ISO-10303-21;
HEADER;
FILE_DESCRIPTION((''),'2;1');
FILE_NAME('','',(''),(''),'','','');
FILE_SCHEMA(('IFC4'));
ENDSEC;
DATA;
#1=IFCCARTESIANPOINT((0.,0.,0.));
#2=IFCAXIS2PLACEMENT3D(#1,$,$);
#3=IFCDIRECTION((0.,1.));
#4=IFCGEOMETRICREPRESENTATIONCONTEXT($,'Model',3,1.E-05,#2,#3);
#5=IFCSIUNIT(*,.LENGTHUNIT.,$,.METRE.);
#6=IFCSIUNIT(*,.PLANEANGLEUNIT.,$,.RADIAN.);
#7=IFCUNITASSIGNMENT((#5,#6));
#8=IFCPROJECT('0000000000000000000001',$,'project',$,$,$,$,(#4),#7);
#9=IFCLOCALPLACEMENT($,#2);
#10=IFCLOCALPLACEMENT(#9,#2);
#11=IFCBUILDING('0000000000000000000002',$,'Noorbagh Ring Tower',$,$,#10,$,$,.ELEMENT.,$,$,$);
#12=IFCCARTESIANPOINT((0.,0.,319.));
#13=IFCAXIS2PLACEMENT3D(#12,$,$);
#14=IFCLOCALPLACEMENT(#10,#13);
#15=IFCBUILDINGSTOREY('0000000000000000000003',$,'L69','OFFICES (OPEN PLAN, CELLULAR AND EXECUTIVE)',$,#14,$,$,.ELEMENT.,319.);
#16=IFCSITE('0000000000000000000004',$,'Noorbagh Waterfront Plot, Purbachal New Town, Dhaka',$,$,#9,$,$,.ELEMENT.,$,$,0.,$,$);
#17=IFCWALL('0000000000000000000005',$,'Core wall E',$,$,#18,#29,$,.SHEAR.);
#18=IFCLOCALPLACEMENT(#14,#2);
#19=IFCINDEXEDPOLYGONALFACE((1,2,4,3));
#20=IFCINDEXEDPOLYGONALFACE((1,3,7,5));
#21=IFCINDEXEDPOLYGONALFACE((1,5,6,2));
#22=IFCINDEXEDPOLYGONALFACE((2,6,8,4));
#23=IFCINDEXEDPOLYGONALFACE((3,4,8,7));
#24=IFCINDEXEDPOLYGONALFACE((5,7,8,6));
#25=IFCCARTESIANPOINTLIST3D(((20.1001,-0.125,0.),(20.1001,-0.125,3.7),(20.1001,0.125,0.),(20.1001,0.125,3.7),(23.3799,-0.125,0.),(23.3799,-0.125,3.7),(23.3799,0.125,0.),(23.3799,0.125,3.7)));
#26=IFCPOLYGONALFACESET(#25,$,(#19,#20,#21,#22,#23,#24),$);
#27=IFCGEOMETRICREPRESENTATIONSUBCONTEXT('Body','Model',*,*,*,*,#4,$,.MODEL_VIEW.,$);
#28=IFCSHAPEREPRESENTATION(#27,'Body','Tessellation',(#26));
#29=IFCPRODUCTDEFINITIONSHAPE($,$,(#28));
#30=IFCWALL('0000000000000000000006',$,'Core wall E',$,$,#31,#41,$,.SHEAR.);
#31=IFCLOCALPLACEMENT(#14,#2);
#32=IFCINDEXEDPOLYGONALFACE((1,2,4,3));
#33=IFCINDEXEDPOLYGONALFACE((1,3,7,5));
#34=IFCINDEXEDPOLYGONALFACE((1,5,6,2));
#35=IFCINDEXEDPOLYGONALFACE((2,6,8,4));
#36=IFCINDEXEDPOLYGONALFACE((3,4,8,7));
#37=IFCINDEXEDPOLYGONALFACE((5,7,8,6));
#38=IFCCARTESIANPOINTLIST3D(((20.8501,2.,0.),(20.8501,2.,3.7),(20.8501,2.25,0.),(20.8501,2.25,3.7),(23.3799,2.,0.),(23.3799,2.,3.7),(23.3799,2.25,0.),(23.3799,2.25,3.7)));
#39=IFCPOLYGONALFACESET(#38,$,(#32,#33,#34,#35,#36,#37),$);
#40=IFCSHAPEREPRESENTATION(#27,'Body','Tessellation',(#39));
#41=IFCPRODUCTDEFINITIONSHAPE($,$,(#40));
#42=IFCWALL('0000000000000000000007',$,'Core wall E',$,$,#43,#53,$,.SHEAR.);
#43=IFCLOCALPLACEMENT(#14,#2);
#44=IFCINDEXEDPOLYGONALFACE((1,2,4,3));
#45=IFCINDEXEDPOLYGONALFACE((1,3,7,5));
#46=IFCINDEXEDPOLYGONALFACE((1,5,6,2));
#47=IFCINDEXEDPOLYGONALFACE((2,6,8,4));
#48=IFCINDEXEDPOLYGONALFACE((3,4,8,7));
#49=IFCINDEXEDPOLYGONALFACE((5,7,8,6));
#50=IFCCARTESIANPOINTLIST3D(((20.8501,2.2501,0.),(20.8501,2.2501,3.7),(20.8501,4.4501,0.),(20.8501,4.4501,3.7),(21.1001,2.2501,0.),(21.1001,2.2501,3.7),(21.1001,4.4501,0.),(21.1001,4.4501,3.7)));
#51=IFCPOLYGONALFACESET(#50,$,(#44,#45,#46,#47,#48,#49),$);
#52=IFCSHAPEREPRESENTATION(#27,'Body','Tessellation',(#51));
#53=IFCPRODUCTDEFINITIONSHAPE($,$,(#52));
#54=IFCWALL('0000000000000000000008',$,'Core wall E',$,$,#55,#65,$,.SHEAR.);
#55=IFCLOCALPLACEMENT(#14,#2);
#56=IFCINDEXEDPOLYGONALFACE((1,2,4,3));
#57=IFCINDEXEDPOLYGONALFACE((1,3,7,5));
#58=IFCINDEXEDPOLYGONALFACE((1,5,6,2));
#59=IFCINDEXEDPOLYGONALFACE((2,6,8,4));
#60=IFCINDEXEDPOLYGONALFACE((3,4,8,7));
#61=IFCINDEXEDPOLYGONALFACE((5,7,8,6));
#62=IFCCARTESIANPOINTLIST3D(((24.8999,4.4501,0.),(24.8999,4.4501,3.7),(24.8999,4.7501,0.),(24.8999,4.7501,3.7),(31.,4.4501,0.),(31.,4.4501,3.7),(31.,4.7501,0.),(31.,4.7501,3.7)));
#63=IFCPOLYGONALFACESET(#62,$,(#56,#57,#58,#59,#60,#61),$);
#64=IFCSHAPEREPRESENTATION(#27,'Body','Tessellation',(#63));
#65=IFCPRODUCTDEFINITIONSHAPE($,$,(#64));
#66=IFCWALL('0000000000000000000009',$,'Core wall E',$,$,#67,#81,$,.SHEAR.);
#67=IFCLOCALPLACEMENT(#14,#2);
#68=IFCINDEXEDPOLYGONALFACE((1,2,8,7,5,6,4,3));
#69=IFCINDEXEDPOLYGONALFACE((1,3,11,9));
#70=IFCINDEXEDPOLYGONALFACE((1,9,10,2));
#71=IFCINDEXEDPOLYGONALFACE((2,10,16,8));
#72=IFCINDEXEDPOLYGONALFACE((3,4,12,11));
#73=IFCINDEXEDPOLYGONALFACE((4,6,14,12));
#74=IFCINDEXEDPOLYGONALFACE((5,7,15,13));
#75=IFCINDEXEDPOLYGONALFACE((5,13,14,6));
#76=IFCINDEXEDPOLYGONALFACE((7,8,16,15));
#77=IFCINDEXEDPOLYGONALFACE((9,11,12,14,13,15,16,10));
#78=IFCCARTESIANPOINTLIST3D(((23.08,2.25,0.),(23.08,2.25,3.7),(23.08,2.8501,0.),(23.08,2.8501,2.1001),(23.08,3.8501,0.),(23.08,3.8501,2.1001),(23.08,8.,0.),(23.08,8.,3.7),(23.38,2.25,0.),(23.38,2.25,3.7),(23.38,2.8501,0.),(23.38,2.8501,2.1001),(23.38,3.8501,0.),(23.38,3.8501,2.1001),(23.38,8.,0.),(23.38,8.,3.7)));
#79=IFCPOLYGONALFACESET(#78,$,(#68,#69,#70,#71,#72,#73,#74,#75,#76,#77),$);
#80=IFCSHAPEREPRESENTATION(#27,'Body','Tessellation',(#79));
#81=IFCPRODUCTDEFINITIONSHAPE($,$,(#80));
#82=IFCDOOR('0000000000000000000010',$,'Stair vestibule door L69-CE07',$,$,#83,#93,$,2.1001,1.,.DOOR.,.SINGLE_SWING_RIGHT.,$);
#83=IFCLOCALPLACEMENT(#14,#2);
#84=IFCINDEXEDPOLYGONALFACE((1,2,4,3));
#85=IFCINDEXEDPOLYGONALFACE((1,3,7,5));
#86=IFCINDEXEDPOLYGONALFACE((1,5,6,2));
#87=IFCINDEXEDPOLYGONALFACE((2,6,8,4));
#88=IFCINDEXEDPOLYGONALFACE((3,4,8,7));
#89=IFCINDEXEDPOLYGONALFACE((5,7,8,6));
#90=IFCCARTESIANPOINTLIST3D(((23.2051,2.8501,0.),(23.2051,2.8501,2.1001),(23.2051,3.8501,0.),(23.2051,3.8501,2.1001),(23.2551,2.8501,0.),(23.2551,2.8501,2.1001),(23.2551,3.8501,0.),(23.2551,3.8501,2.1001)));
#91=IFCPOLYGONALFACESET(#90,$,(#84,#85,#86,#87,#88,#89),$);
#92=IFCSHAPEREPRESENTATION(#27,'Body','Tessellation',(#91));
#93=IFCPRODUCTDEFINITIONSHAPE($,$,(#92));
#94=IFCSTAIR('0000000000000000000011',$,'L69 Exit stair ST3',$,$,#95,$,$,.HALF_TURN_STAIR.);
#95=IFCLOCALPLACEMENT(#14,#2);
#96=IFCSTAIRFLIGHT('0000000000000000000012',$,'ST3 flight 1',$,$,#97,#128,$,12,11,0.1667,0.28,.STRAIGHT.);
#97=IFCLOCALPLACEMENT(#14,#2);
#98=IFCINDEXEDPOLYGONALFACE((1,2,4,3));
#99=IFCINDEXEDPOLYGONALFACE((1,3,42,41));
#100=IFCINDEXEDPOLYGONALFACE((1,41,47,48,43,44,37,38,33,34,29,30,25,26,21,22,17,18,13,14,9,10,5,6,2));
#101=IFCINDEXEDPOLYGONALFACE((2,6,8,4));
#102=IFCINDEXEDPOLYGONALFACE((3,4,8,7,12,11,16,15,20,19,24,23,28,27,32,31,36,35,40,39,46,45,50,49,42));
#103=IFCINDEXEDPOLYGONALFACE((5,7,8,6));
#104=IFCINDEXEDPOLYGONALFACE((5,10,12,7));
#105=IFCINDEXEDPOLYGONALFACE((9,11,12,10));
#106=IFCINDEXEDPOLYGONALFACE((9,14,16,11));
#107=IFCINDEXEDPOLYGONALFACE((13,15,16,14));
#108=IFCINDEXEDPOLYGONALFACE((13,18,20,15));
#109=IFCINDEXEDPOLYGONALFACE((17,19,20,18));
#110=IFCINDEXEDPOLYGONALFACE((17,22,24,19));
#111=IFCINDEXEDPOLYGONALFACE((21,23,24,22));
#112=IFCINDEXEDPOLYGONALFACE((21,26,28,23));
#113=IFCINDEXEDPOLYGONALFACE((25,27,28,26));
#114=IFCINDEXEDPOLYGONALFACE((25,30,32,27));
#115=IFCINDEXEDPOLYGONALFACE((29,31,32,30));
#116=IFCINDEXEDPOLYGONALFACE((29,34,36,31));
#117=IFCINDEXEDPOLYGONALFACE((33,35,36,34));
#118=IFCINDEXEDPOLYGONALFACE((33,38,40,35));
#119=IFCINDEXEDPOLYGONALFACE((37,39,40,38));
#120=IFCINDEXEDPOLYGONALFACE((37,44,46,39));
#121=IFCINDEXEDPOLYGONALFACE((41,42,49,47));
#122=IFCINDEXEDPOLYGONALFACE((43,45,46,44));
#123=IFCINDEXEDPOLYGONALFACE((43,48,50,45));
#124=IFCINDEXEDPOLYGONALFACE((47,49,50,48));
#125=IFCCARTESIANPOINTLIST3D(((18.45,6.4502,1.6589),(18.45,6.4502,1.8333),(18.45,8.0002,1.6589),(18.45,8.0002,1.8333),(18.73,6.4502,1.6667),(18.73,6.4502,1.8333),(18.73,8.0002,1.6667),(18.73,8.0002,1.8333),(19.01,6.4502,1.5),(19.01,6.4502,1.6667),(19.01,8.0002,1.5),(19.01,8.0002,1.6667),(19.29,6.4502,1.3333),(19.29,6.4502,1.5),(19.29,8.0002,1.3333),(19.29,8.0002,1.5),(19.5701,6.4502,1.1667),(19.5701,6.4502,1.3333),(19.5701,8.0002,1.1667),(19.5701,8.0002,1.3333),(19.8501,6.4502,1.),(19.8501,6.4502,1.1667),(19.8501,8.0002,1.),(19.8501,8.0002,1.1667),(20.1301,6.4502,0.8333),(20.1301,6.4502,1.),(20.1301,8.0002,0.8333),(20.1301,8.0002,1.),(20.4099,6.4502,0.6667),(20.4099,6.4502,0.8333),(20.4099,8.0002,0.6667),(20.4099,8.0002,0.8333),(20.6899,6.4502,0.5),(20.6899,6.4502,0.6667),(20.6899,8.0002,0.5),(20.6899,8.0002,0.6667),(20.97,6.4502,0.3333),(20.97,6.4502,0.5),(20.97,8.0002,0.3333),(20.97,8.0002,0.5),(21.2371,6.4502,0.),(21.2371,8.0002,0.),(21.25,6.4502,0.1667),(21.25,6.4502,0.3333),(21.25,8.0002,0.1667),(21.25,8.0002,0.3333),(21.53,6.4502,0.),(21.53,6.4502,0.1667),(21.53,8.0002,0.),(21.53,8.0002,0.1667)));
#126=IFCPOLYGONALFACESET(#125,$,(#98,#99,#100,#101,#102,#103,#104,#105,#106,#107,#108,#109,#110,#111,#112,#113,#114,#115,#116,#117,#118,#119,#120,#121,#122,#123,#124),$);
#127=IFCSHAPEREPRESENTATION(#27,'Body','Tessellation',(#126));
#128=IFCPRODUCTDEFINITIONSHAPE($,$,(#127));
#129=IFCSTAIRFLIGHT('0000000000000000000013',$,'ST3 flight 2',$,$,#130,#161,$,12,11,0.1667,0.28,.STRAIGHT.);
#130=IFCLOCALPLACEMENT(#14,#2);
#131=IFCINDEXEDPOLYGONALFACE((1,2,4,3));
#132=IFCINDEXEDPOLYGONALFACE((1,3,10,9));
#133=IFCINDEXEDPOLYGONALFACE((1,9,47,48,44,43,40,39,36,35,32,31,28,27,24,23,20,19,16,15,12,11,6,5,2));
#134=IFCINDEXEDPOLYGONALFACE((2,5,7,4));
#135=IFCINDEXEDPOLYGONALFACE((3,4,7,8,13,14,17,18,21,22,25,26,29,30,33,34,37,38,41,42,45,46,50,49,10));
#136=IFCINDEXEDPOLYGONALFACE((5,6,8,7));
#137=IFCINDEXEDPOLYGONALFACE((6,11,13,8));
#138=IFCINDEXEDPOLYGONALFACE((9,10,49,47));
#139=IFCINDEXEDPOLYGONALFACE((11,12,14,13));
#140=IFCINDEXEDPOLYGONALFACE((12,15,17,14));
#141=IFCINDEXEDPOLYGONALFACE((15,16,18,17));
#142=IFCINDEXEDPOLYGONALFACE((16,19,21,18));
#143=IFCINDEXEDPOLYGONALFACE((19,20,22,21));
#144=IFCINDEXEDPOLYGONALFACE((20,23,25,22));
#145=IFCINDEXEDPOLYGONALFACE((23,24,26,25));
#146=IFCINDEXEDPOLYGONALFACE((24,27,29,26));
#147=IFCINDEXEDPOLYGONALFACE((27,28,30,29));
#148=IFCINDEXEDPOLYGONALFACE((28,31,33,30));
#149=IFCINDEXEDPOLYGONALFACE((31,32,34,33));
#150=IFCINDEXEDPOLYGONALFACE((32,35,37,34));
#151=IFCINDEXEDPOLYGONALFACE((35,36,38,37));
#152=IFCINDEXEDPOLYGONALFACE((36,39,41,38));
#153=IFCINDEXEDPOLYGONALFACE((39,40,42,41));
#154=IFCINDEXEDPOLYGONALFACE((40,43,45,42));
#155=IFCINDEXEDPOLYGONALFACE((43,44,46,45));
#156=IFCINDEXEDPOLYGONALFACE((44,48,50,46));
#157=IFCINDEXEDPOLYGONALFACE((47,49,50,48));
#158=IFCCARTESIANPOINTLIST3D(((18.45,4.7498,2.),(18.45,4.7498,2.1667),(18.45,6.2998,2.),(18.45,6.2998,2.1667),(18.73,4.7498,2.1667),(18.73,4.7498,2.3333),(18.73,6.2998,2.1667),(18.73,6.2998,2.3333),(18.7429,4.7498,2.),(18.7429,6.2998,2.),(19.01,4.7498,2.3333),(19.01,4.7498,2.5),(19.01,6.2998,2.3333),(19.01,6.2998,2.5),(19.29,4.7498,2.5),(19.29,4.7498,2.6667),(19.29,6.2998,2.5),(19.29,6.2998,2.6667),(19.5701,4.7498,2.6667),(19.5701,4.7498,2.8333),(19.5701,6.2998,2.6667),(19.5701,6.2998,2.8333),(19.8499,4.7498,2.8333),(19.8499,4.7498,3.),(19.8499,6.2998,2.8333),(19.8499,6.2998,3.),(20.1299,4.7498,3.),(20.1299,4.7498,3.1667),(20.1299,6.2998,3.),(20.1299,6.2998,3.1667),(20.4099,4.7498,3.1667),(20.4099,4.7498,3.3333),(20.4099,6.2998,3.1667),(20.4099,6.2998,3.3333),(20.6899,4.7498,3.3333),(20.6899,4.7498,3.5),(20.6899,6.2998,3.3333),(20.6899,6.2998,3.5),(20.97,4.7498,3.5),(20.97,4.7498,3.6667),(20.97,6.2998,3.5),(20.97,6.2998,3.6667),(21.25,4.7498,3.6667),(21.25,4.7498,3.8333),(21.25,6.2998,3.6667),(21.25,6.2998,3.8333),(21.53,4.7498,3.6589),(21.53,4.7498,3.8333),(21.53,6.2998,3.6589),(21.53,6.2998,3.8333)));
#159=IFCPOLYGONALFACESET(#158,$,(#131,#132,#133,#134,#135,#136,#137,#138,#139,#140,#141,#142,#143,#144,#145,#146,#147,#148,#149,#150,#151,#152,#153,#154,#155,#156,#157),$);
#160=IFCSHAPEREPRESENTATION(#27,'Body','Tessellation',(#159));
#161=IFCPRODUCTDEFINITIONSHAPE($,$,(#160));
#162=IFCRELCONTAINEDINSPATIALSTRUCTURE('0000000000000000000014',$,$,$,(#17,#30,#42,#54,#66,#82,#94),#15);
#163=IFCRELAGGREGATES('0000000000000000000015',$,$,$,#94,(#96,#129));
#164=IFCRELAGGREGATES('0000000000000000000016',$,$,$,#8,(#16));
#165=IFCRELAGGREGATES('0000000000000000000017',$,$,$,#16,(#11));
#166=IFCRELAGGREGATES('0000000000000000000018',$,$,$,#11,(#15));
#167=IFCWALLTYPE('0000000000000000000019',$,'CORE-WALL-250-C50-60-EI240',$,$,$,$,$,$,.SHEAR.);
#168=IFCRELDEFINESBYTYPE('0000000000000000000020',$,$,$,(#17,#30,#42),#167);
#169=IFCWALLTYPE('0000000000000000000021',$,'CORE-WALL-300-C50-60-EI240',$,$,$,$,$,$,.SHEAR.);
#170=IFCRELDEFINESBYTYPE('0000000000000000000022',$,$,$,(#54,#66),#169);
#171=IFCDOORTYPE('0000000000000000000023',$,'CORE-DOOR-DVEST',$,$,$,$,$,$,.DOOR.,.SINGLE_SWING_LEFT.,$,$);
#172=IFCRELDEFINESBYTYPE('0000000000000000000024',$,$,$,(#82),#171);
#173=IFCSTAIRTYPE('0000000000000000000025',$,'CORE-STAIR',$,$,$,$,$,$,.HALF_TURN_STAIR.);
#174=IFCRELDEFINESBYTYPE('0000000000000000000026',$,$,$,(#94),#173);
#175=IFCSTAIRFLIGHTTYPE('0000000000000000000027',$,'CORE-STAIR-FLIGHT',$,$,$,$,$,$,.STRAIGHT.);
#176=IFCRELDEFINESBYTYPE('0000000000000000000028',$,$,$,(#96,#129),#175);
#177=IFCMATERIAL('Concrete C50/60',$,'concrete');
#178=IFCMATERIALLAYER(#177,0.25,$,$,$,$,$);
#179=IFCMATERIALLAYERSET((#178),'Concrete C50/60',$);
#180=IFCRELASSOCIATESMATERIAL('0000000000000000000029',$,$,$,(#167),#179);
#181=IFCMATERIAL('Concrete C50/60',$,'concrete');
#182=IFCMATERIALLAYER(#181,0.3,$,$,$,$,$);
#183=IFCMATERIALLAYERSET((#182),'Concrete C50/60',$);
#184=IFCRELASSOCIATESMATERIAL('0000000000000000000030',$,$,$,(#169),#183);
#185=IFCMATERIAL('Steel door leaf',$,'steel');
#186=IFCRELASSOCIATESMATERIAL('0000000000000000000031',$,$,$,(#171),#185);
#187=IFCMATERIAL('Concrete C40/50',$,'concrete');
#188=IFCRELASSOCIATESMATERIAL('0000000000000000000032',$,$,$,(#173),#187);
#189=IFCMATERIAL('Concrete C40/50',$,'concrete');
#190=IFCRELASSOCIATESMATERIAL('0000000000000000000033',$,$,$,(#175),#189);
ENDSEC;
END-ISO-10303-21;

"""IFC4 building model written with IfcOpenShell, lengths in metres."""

from ifc_helpers import new_model, si_unit, direction, frame, frame_2d, origin, place, context, subcontext, project, spatial, polyline, rectangle, outline, extrude, material, layer, layer_set, type_object, element, fill, aggregate, save


model = new_model("IFC4")

# Units and contexts
model_context = context("Model", 3, precision=1e-05, world=origin(), true_north=direction((0.0, 1.0)))
body_context = subcontext(model_context, "Body", "Model", "MODEL_VIEW")
ifc_project = project(units=[si_unit("LENGTHUNIT", "METRE"), si_unit("PLANEANGLEUNIT", "RADIAN")], contexts=[model_context])

# Site, building, storey
site_placement = place(None, origin())
site = spatial("IfcSite", under=ifc_project, at=site_placement, Name="Noorbagh Waterfront Plot, Purbachal New Town, Dhaka", CompositionType="ELEMENT", RefElevation=0.0)
building_placement = place(site_placement, origin())
building = spatial("IfcBuilding", under=site, at=building_placement, Name="Noorbagh Ring Tower", CompositionType="ELEMENT")
storey_placement = place(building_placement, frame((0.0, 0.0, 319.0)))
storey = spatial("IfcBuildingStorey", under=building, at=storey_placement, Name="L69", Description="OFFICES (OPEN PLAN, CELLULAR AND EXECUTIVE)", CompositionType="ELEMENT", Elevation=319.0)

# Walls
ifc_material_1 = material(Name="Concrete C50/60", Category="concrete")
ifc_layer_1 = layer(ifc_material_1, 0.25)
ifc_layer_set_1 = layer_set([ifc_layer_1], Name="Concrete C50/60")
wall_type_1 = type_object("IfcWallType", Name="CORE-WALL-250-C50-60-EI240", PredefinedType="SHEAR", material=ifc_layer_set_1)
wall_1_placement = place(storey_placement, frame((20.1001, 0.0, 0.0), z_axis=(0.0, 0.0, 1.0), x_axis=(1.0, 0.0, 0.0)))
element("IfcWall", 1, at=wall_1_placement, inside=storey, type_object=wall_type_1, Name="Core wall E", PredefinedType="SHEAR", context=body_context, shape_type="SweptSolid", body=[
    extrude(rectangle(XDim=3.2798, YDim=0.25, at=frame_2d((1.6399, 0.0))), origin(), (0.0, 0.0, 1.0), 3.7),
])
wall_2_placement = place(storey_placement, frame((20.8501, 2.125, 0.0), z_axis=(0.0, 0.0, 1.0), x_axis=(1.0, 0.0, 0.0)))
element("IfcWall", 2, at=wall_2_placement, inside=storey, type_object=wall_type_1, Name="Core wall E", PredefinedType="SHEAR", context=body_context, shape_type="SweptSolid", body=[
    extrude(rectangle(XDim=2.5298, YDim=0.25, at=frame_2d((1.2649, 0.0))), origin(), (0.0, 0.0, 1.0), 3.7),
])
wall_3_placement = place(storey_placement, frame((20.9751, 2.25, 0.0), z_axis=(0.0, 0.0, 1.0), x_axis=(0.0, 1.0, 0.0)))
element("IfcWall", 3, at=wall_3_placement, inside=storey, type_object=wall_type_1, Name="Core wall E", PredefinedType="SHEAR", context=body_context, shape_type="SweptSolid", body=[
    extrude(rectangle(XDim=2.2, YDim=0.25, at=frame_2d((1.1001, 0.0))), origin(), (0.0, 0.0, 1.0), 3.7),
])
ifc_material_2 = material(Name="Concrete C50/60", Category="concrete")
ifc_layer_2 = layer(ifc_material_2, 0.3)
ifc_layer_set_2 = layer_set([ifc_layer_2], Name="Concrete C50/60")
wall_type_2 = type_object("IfcWallType", Name="CORE-WALL-300-C50-60-EI240", PredefinedType="SHEAR", material=ifc_layer_set_2)
wall_4_placement = place(storey_placement, frame((24.8999, 4.6001, 0.0), z_axis=(0.0, 0.0, 1.0), x_axis=(1.0, 0.0, 0.0)))
element("IfcWall", 4, at=wall_4_placement, inside=storey, type_object=wall_type_2, Name="Core wall E", PredefinedType="SHEAR", context=body_context, shape_type="SweptSolid", body=[
    extrude(rectangle(XDim=6.1001, YDim=0.3, at=frame_2d((3.05, 0.0))), origin(), (0.0, 0.0, 1.0), 3.7),
])

# Wall, opening, door
wall_5_placement = place(storey_placement, frame((23.23, 2.25, 0.0), z_axis=(0.0, 0.0, 1.0), x_axis=(0.0, 1.0, 0.0)))
wall_5 = element("IfcWall", 5, at=wall_5_placement, inside=storey, type_object=wall_type_2, Name="Core wall E", PredefinedType="SHEAR", context=body_context, shape_type="SweptSolid", body=[
    extrude(rectangle(XDim=5.75, YDim=0.3, at=frame_2d((2.875, 0.0))), origin(), (0.0, 0.0, 1.0), 3.7),
])
opening_1_placement = place(wall_5_placement, frame((0.6001, 0.0, 0.0)))
opening_1 = element("IfcOpeningElement", 6, at=opening_1_placement, cuts=wall_5, PredefinedType="OPENING", context=body_context, shape_type="SweptSolid", body=[
    extrude(rectangle(XDim=1.0, YDim=2.1001, at=frame_2d((0.5, 1.05))), frame((0.0, 0.1602, 0.0), z_axis=(0.0, -1.0, 0.0), x_axis=(1.0, 0.0, 0.0)), (0.0, 0.0, 1.0), 0.3201),
])
ifc_material_3 = material(Name="Steel door leaf", Category="steel")
door_type_1 = type_object("IfcDoorType", Name="CORE-DOOR-DVEST", OperationType="SINGLE_SWING_LEFT", PredefinedType="DOOR", material=ifc_material_3)
door_1_placement = place(opening_1_placement, origin())
door_1 = element("IfcDoor", 7, at=door_1_placement, inside=storey, type_object=door_type_1, Name="Stair vestibule door L69-CE07", OperationType="SINGLE_SWING_RIGHT", OverallHeight=2.1001, OverallWidth=1.0, PredefinedType="DOOR", context=body_context, shape_type="SweptSolid", body=[
    extrude(rectangle(XDim=1.0, YDim=2.1001, at=frame_2d((0.5, 1.05))), frame((0.0, 0.0249, 0.0), z_axis=(0.0, -1.0, 0.0), x_axis=(1.0, 0.0, 0.0)), (0.0, 0.0, 1.0), 0.05),
])
fill(opening_1, door_1)

# Stair, stair flights
ifc_material_4 = material(Name="Concrete C40/50", Category="concrete")
stair_type = type_object("IfcStairType", Name="CORE-STAIR", PredefinedType="HALF_TURN_STAIR", material=ifc_material_4)
stair_placement = place(storey_placement, origin())
stair = element("IfcStair", 8, at=stair_placement, inside=storey, type_object=stair_type, Name="L69 Exit stair ST3", PredefinedType="HALF_TURN_STAIR")
ifc_material_5 = material(Name="Concrete C40/50", Category="concrete")
stair_flight_type = type_object("IfcStairFlightType", Name="CORE-STAIR-FLIGHT", PredefinedType="STRAIGHT", material=ifc_material_5)
stair_flight_1_placement = place(storey_placement, frame((21.53, 7.2251, 0.0), z_axis=(0.0, 0.0, 1.0), x_axis=(-1.0, 0.0, 0.0)))
stair_flight_1 = element("IfcStairFlight", 9, at=stair_flight_1_placement, type_object=stair_flight_type, Name="ST3 flight 1", NumberOfRisers=12, NumberOfTreads=11, PredefinedType="STRAIGHT", RiserHeight=0.1667, TreadLength=0.28, context=body_context, shape_type="SweptSolid", body=[
    extrude(outline(polyline([(0.0, 0.0), (0.0, 0.1667), (0.28, 0.1667), (0.28, 0.3333), (0.5601, 0.3333), (0.5601, 0.5), (0.8401, 0.5), (0.8401, 0.6667), (1.1201, 0.6667), (1.1201, 0.8333), (1.3999, 0.8333), (1.3999, 1.0), (1.6799, 1.0), (1.6799, 1.1667), (1.96, 1.1667), (1.96, 1.3333), (2.24, 1.3333), (2.24, 1.5), (2.52, 1.5), (2.52, 1.6667), (2.8, 1.6667), (2.8, 1.8333), (3.0801, 1.8333), (3.0801, 2.0), (3.0801, 1.6589), (0.293, 0.0), (0.0, 0.0)])), frame((0.0, 0.7749, 0.0), z_axis=(0.0, -1.0, 0.0), x_axis=(1.0, 0.0, 0.0)), (0.0, 0.0, 1.0), 1.55),
])
stair_flight_2_placement = place(storey_placement, frame((18.45, 5.5249, 2.0), z_axis=(0.0, 0.0, 1.0), x_axis=(1.0, 0.0, 0.0)))
stair_flight_2 = element("IfcStairFlight", 10, at=stair_flight_2_placement, type_object=stair_flight_type, Name="ST3 flight 2", NumberOfRisers=12, NumberOfTreads=11, PredefinedType="STRAIGHT", RiserHeight=0.1667, TreadLength=0.28, context=body_context, shape_type="SweptSolid", body=[
    extrude(outline(polyline([(0.0, 0.0), (0.0, 0.1667), (0.28, 0.1667), (0.28, 0.3333), (0.5601, 0.3333), (0.5601, 0.5), (0.8401, 0.5), (0.8401, 0.6667), (1.1201, 0.6667), (1.1201, 0.8333), (1.3999, 0.8333), (1.3999, 1.0), (1.6799, 1.0), (1.6799, 1.1667), (1.96, 1.1667), (1.96, 1.3333), (2.24, 1.3333), (2.24, 1.5), (2.52, 1.5), (2.52, 1.6667), (2.8, 1.6667), (2.8, 1.8333), (3.0801, 1.8333), (3.0801, 2.0), (3.0801, 1.6589), (0.293, 0.0), (0.0, 0.0)])), frame((0.0, 0.7749, 0.0), z_axis=(0.0, -1.0, 0.0), x_axis=(1.0, 0.0, 0.0)), (0.0, 0.0, 1.0), 1.55),
])
aggregate(stair, [stair_flight_1, stair_flight_2])

save(model, "model.ifc")
